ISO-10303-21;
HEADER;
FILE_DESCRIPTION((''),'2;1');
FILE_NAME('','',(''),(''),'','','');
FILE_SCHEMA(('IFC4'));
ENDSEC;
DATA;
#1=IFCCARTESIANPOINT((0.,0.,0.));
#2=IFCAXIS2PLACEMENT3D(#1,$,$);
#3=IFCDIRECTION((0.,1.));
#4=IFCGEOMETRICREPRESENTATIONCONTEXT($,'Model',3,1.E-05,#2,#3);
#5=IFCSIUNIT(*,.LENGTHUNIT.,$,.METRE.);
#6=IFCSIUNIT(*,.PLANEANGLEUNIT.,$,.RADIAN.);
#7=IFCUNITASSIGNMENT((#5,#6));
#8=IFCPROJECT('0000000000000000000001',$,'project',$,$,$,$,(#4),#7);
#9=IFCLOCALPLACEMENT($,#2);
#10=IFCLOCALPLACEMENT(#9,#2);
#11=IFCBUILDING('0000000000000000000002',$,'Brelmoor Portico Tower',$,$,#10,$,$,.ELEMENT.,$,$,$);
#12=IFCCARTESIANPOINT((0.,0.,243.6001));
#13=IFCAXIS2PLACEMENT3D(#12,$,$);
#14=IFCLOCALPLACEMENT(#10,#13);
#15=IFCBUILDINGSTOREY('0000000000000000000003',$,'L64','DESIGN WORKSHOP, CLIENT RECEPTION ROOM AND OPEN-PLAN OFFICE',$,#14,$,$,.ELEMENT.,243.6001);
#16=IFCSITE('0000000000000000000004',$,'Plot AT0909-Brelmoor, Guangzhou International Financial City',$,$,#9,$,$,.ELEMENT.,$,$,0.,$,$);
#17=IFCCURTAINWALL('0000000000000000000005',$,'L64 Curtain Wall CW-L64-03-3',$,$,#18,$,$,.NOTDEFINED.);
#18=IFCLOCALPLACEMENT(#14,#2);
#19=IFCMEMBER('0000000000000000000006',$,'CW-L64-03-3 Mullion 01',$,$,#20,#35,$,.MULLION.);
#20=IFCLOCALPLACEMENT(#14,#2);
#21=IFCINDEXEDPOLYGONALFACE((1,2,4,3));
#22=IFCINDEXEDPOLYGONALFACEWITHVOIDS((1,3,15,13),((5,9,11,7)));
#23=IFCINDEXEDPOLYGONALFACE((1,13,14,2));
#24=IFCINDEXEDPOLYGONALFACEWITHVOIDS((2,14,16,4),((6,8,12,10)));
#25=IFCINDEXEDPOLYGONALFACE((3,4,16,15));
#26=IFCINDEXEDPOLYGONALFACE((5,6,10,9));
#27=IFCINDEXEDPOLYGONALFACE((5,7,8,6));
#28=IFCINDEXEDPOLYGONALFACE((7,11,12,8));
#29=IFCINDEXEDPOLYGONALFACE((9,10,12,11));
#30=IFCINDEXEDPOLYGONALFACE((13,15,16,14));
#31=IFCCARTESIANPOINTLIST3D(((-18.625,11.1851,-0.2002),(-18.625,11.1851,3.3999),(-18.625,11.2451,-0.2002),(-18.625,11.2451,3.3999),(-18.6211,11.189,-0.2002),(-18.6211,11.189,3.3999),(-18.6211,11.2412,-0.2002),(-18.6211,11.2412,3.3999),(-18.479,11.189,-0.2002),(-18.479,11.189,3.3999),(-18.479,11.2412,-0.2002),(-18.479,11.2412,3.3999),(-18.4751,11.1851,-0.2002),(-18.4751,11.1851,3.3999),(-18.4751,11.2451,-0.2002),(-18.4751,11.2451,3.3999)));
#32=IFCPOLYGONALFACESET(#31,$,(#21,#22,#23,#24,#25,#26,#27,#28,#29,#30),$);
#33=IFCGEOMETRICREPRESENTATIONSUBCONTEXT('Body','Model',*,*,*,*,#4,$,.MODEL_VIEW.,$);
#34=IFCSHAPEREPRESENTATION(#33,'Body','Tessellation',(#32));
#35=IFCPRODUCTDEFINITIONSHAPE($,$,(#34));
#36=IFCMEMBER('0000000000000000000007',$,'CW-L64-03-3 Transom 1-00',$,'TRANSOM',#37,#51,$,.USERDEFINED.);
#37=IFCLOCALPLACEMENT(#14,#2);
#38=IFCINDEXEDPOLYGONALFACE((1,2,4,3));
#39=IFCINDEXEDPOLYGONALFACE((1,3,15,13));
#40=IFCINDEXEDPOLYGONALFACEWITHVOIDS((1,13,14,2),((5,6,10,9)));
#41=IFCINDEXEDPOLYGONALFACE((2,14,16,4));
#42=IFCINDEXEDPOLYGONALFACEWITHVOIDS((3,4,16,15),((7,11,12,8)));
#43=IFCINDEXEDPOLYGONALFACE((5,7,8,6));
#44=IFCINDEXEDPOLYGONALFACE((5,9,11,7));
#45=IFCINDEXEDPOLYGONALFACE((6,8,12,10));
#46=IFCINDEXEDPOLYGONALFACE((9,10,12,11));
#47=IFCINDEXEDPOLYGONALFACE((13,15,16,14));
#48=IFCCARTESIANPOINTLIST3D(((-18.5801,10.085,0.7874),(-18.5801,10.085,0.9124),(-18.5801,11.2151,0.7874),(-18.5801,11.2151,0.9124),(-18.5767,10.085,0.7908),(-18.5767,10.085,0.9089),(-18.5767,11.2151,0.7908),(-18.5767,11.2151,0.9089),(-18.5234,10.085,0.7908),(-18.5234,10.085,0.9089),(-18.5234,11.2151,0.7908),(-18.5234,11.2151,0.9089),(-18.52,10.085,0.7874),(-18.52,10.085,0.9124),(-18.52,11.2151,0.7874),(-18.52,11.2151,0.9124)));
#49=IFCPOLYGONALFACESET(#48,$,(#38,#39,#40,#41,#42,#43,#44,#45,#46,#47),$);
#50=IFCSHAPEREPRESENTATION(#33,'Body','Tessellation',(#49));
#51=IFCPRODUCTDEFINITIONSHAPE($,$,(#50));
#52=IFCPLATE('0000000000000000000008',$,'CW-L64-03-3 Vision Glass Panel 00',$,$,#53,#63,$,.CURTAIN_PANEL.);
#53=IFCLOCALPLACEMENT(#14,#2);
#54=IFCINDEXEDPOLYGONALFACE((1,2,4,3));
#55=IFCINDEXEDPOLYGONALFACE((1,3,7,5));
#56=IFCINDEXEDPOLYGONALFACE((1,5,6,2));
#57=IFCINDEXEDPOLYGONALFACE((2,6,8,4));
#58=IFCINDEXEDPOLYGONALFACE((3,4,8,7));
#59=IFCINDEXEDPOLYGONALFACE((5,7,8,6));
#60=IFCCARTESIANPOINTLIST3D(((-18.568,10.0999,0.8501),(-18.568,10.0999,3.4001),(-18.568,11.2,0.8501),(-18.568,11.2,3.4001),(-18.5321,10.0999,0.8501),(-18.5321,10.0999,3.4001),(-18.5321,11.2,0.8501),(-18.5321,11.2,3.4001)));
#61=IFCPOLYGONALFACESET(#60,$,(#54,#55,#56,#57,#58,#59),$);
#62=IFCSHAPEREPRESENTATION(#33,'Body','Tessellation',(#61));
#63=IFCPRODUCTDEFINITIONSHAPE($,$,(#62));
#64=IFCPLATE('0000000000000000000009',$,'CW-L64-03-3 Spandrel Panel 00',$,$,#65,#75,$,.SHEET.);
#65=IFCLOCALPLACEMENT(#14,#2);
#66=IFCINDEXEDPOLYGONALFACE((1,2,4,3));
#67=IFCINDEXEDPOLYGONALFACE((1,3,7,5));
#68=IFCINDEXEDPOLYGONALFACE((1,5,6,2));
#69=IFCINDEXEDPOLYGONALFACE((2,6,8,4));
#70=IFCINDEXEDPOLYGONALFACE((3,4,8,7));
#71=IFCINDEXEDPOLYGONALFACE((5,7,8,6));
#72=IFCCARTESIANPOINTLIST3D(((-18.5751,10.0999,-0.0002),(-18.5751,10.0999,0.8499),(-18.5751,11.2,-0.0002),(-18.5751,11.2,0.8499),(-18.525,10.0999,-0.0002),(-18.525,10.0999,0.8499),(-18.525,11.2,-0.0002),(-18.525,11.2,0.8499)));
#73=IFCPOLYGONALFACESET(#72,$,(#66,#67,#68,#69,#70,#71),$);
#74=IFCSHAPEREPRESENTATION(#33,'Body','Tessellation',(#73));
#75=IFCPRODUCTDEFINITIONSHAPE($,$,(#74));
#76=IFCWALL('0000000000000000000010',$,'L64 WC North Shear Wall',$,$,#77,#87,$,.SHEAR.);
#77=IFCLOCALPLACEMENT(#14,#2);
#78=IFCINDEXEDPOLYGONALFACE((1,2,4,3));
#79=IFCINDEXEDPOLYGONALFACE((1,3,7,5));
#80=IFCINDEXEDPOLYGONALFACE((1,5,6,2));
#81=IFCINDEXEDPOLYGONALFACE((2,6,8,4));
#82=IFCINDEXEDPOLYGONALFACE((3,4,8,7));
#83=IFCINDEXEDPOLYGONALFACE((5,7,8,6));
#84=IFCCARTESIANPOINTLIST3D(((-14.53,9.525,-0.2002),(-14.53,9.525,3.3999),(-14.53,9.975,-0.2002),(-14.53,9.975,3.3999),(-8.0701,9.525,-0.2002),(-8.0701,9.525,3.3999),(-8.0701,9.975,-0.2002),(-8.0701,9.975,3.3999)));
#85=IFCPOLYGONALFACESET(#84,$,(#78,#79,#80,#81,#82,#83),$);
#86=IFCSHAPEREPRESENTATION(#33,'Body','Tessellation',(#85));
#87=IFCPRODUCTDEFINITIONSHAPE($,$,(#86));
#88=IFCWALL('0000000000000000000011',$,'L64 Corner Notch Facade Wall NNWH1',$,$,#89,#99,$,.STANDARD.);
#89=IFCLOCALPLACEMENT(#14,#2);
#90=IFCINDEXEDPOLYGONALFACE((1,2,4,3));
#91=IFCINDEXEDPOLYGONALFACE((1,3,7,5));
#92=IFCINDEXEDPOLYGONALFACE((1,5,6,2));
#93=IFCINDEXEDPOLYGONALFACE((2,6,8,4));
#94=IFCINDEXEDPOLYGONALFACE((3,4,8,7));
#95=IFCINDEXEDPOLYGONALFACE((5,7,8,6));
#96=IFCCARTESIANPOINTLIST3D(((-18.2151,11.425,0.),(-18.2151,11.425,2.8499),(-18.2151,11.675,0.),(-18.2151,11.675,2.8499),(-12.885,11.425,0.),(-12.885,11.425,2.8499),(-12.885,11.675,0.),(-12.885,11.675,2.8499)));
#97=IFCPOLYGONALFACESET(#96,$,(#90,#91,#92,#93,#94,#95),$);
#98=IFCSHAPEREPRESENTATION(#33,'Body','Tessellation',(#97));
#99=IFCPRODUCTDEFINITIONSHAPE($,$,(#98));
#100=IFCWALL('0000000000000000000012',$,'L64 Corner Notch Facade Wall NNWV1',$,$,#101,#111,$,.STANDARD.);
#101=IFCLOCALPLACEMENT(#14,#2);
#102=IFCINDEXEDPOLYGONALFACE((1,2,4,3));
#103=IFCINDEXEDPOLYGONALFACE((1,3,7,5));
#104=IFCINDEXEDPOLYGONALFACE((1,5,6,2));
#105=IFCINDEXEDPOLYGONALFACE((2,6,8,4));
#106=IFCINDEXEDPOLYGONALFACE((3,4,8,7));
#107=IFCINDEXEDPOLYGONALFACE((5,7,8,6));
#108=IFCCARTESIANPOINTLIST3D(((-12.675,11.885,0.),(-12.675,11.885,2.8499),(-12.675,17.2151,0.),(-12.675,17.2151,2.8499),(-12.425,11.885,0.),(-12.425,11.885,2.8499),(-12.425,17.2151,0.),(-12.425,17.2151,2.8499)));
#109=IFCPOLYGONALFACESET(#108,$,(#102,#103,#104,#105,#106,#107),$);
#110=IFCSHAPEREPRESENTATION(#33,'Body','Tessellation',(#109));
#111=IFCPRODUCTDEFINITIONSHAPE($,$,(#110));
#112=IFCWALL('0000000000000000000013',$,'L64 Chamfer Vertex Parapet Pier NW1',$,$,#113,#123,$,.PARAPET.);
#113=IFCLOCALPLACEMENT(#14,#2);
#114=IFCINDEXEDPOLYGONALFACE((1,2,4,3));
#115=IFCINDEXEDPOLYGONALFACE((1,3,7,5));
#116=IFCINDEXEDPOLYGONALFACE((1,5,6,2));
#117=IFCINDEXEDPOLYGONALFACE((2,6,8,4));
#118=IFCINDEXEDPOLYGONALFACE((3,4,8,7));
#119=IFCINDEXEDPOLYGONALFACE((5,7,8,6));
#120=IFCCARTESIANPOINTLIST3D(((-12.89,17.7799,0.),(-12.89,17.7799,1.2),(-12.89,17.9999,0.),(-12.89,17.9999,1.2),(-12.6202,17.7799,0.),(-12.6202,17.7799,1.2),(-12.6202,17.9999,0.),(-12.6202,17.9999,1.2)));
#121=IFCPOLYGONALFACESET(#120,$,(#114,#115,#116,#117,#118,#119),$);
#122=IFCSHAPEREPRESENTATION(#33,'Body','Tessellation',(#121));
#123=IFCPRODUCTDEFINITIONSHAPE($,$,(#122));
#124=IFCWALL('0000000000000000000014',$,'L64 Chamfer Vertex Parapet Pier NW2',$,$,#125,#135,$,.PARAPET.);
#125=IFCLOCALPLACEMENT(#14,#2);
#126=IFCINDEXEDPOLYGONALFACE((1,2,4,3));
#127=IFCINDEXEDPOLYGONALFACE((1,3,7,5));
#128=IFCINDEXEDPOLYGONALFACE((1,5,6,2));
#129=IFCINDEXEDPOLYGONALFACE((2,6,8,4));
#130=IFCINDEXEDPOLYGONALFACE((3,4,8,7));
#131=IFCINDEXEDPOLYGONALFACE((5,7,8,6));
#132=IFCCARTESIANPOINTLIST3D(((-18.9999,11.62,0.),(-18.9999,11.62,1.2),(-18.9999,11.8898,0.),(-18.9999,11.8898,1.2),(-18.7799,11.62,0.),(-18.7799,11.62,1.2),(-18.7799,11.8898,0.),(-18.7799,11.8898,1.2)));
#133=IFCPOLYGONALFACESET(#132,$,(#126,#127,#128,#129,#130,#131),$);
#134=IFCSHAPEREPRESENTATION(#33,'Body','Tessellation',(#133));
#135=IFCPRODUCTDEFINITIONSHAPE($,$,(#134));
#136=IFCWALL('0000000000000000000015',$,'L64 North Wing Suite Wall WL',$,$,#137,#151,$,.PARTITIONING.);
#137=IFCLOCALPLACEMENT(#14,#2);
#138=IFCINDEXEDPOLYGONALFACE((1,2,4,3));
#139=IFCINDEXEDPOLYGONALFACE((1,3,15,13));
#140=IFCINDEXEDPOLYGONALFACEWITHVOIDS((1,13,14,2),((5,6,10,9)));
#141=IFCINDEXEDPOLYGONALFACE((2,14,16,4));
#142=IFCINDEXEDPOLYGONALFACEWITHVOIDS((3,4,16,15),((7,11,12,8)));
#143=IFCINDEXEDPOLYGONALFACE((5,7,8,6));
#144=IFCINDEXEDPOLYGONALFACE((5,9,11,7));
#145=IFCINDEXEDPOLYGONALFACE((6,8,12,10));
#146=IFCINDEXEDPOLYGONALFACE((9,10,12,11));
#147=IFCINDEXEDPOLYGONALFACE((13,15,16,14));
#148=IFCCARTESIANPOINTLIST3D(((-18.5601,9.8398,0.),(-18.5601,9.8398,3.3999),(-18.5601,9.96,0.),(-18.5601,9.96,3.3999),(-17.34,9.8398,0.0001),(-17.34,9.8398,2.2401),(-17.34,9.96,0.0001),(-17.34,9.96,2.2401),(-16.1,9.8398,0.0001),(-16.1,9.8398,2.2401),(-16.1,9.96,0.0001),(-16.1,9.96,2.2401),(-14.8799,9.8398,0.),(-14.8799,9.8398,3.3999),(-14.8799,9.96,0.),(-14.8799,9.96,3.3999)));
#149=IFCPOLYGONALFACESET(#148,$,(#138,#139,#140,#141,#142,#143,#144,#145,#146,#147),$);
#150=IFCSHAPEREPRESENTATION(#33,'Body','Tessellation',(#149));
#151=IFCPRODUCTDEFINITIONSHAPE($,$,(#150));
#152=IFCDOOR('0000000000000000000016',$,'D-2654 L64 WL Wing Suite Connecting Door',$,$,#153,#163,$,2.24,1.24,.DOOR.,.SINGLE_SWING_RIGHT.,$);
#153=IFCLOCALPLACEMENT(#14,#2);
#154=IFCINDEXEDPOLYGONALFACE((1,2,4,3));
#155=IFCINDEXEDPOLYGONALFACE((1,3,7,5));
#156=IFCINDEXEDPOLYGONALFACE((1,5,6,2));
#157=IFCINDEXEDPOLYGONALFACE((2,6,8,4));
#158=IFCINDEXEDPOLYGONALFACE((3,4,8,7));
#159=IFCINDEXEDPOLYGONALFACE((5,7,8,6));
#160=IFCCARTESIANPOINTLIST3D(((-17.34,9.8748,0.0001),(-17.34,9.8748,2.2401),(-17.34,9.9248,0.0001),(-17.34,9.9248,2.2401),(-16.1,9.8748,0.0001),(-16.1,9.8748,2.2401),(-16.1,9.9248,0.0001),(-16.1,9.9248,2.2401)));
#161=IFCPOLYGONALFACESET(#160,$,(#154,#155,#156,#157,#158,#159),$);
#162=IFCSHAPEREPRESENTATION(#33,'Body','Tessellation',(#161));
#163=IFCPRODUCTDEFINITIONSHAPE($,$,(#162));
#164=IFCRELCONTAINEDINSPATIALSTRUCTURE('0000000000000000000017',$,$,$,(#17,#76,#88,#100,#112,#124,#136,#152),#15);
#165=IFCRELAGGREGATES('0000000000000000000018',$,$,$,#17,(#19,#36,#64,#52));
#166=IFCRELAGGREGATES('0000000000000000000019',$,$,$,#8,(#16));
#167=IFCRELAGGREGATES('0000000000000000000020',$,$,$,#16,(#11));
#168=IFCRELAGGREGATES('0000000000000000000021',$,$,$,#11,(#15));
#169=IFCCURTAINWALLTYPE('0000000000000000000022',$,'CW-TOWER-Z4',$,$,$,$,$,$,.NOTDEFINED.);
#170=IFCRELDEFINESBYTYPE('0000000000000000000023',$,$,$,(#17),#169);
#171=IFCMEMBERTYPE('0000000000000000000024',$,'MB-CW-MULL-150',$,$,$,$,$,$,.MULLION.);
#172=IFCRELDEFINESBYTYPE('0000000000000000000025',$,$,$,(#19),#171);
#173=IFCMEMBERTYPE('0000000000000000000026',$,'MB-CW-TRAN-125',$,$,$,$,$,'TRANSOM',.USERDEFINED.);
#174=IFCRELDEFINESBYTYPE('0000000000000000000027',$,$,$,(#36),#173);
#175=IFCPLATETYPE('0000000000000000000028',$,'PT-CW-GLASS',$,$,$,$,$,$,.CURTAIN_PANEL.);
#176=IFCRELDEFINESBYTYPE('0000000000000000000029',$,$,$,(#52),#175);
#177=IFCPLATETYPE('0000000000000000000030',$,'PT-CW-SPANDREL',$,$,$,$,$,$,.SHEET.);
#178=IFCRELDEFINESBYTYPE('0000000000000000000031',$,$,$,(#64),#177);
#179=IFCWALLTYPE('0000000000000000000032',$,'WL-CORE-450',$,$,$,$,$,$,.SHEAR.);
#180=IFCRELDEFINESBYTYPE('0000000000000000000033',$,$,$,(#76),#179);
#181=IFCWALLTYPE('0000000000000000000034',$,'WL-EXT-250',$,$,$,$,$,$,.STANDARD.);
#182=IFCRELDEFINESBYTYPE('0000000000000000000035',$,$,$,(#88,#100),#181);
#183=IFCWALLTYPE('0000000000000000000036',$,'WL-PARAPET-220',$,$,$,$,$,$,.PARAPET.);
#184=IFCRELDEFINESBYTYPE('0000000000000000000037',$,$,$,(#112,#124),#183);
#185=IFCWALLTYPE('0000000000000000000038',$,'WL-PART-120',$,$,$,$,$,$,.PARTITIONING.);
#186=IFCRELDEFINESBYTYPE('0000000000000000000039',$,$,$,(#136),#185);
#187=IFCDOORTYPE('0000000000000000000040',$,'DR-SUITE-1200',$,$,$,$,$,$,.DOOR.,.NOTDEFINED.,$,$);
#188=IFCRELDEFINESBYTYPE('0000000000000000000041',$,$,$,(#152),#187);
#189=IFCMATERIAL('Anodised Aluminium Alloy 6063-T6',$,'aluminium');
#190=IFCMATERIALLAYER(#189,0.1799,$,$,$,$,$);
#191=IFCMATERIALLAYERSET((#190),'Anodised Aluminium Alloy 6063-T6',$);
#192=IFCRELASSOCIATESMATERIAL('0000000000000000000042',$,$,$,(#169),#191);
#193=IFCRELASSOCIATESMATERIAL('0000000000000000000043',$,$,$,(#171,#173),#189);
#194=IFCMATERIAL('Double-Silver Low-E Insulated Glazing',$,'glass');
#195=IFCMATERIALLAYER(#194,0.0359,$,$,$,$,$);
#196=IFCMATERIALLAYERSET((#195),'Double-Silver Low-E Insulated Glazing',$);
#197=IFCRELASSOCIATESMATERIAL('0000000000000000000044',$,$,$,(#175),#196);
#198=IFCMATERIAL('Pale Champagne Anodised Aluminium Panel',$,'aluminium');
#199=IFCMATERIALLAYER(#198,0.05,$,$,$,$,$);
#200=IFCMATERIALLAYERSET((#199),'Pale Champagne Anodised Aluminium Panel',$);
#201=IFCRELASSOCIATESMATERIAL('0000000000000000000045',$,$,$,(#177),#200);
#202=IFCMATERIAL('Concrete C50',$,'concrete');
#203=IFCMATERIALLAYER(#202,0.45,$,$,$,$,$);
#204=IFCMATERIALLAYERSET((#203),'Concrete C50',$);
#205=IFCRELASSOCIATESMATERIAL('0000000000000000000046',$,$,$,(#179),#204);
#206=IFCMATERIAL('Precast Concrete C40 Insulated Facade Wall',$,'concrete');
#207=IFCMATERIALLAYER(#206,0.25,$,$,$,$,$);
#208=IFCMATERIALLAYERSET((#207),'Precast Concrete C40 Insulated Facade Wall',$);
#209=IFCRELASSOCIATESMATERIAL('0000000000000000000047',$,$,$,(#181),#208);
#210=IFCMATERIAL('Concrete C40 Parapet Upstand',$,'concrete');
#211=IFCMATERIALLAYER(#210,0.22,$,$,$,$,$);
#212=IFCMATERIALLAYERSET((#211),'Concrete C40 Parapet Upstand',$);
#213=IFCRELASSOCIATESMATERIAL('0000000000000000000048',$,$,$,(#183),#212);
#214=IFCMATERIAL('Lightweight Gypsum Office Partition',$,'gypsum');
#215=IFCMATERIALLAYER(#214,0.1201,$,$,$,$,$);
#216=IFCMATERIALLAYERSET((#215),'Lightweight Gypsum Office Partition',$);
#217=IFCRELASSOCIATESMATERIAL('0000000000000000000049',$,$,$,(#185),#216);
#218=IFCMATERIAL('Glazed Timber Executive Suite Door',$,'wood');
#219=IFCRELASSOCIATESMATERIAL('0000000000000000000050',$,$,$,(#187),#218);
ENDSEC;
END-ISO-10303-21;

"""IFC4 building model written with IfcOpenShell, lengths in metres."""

from ifc_helpers import new_model, si_unit, direction, frame, frame_2d, origin, origin_2d, place, context, subcontext, project, spatial, rectangle, hollow_rectangle, extrude, material, layer, layer_set, material_profile, profile_set, type_object, element, fill, aggregate, save


model = new_model("IFC4")

# Units and contexts
model_context = context("Model", 3, precision=1e-05, world=origin(), true_north=direction((0.0, 1.0)))
body_context = subcontext(model_context, "Body", "Model", "MODEL_VIEW")
ifc_project = project(units=[si_unit("LENGTHUNIT", "METRE"), si_unit("PLANEANGLEUNIT", "RADIAN")], contexts=[model_context])

# Site, building, storey
site_placement = place(None, origin())
site = spatial("IfcSite", under=ifc_project, at=site_placement, Name="Plot AT0909-Brelmoor, Guangzhou International Financial City", CompositionType="ELEMENT", RefElevation=0.0)
building_placement = place(site_placement, origin())
building = spatial("IfcBuilding", under=site, at=building_placement, Name="Brelmoor Portico Tower", CompositionType="ELEMENT")
storey_placement = place(building_placement, frame((0.0, 0.0, 243.6001)))
storey = spatial("IfcBuildingStorey", under=building, at=storey_placement, Name="L64", Description="DESIGN WORKSHOP, CLIENT RECEPTION ROOM AND OPEN-PLAN OFFICE", CompositionType="ELEMENT", Elevation=243.6001)

# Curtain wall, members, plates
ifc_material_1 = material(Name="Anodised Aluminium Alloy 6063-T6", Category="aluminium")
ifc_layer_1 = layer(ifc_material_1, 0.1799)
ifc_layer_set_1 = layer_set([ifc_layer_1], Name="Anodised Aluminium Alloy 6063-T6")
curtain_wall_type = type_object("IfcCurtainWallType", Name="CW-TOWER-Z4", PredefinedType="NOTDEFINED", material=ifc_layer_set_1)
curtain_wall_placement = place(storey_placement, origin())
curtain_wall = element("IfcCurtainWall", 1, at=curtain_wall_placement, inside=storey, type_object=curtain_wall_type, Name="L64 Curtain Wall CW-L64-03-3", PredefinedType="NOTDEFINED")
ifc_material_profile_1 = material_profile(ifc_material_1, hollow_rectangle(XDim=0.0601, YDim=0.1499, WallThickness=0.0039, at=origin_2d()), Name="ALU MULLION 60x150")
ifc_profile_set_1 = profile_set([ifc_material_profile_1], Name="Anodised Aluminium Alloy 6063-T6")
member_type_1 = type_object("IfcMemberType", Name="MB-CW-MULL-150", PredefinedType="MULLION", material=ifc_profile_set_1)
member_1_placement = place(storey_placement, frame((-18.55, 11.2151, -0.2002), z_axis=(0.0, 0.0, 1.0), x_axis=(0.0, 1.0, 0.0)))
member_1 = element("IfcMember", 2, at=member_1_placement, type_object=member_type_1, Name="CW-L64-03-3 Mullion 01", PredefinedType="MULLION", context=body_context, shape_type="SweptSolid", body=[
    extrude(hollow_rectangle(XDim=0.0601, YDim=0.1499, WallThickness=0.0039, at=origin_2d()), origin(), (0.0, 0.0, 1.0), 3.6001),
])
ifc_material_profile_2 = material_profile(ifc_material_1, hollow_rectangle(XDim=0.0601, YDim=0.125, WallThickness=0.0034, at=origin_2d()), Name="ALU TRANSOM 60x125")
ifc_profile_set_2 = profile_set([ifc_material_profile_2], Name="Anodised Aluminium Alloy 6063-T6")
member_type_2 = type_object("IfcMemberType", Name="MB-CW-TRAN-125", ElementType="TRANSOM", PredefinedType="USERDEFINED", material=ifc_profile_set_2)
member_2_placement = place(storey_placement, frame((-18.55, 10.085, 0.8499), z_axis=(0.0, 1.0, 0.0), x_axis=(-1.0, 0.0, 0.0)))
member_2 = element("IfcMember", 3, at=member_2_placement, type_object=member_type_2, Name="CW-L64-03-3 Transom 1-00", ObjectType="TRANSOM", PredefinedType="USERDEFINED", context=body_context, shape_type="SweptSolid", body=[
    extrude(hollow_rectangle(XDim=0.0601, YDim=0.125, WallThickness=0.0034, at=origin_2d()), origin(), (0.0, 0.0, 1.0), 1.1301),
])
ifc_material_2 = material(Name="Double-Silver Low-E Insulated Glazing", Category="glass")
ifc_layer_2 = layer(ifc_material_2, 0.0359)
ifc_layer_set_2 = layer_set([ifc_layer_2], Name="Double-Silver Low-E Insulated Glazing")
plate_type_1 = type_object("IfcPlateType", Name="PT-CW-GLASS", PredefinedType="CURTAIN_PANEL", material=ifc_layer_set_2)
plate_1_placement = place(storey_placement, frame((-18.55, 10.6499, 0.8501), z_axis=(0.0, 0.0, 1.0), x_axis=(0.0, 1.0, 0.0)))
plate_1 = element("IfcPlate", 4, at=plate_1_placement, type_object=plate_type_1, Name="CW-L64-03-3 Vision Glass Panel 00", PredefinedType="CURTAIN_PANEL", context=body_context, shape_type="SweptSolid", body=[
    extrude(rectangle(XDim=1.1001, YDim=0.0359, at=origin_2d()), origin(), (0.0, 0.0, 1.0), 2.55),
])
ifc_material_3 = material(Name="Pale Champagne Anodised Aluminium Panel", Category="aluminium")
ifc_layer_3 = layer(ifc_material_3, 0.05)
ifc_layer_set_3 = layer_set([ifc_layer_3], Name="Pale Champagne Anodised Aluminium Panel")
plate_type_2 = type_object("IfcPlateType", Name="PT-CW-SPANDREL", PredefinedType="SHEET", material=ifc_layer_set_3)
plate_2_placement = place(storey_placement, frame((-18.55, 10.6499, -0.0002), z_axis=(0.0, 0.0, 1.0), x_axis=(0.0, 1.0, 0.0)))
plate_2 = element("IfcPlate", 5, at=plate_2_placement, type_object=plate_type_2, Name="CW-L64-03-3 Spandrel Panel 00", PredefinedType="SHEET", context=body_context, shape_type="SweptSolid", body=[
    extrude(rectangle(XDim=1.1001, YDim=0.05, at=origin_2d()), origin(), (0.0, 0.0, 1.0), 0.8501),
])
aggregate(curtain_wall, [member_1, member_2, plate_2, plate_1])

# Walls
ifc_material_4 = material(Name="Concrete C50", Category="concrete")
ifc_layer_4 = layer(ifc_material_4, 0.45)
ifc_layer_set_4 = layer_set([ifc_layer_4], Name="Concrete C50")
wall_type_1 = type_object("IfcWallType", Name="WL-CORE-450", PredefinedType="SHEAR", material=ifc_layer_set_4)
wall_1_placement = place(storey_placement, frame((-14.53, 9.75, -0.2002), z_axis=(0.0, 0.0, 1.0), x_axis=(1.0, 0.0, 0.0)))
element("IfcWall", 6, at=wall_1_placement, inside=storey, type_object=wall_type_1, Name="L64 WC North Shear Wall", PredefinedType="SHEAR", context=body_context, shape_type="SweptSolid", body=[
    extrude(rectangle(XDim=6.46, YDim=0.45, at=frame_2d((3.23, 0.0))), origin(), (0.0, 0.0, 1.0), 3.6001),
])
ifc_material_5 = material(Name="Precast Concrete C40 Insulated Facade Wall", Category="concrete")
ifc_layer_5 = layer(ifc_material_5, 0.25)
ifc_layer_set_5 = layer_set([ifc_layer_5], Name="Precast Concrete C40 Insulated Facade Wall")
wall_type_2 = type_object("IfcWallType", Name="WL-EXT-250", PredefinedType="STANDARD", material=ifc_layer_set_5)
for number, where, z_axis, x_axis, name in (
    (7, (-18.2151, 11.55, 0.0), (0.0, 0.0, 1.0), (1.0, 0.0, 0.0), "L64 Corner Notch Facade Wall NNWH1"),
    (8, (-12.55, 11.885, 0.0), (0.0, 0.0, 1.0), (0.0, 1.0, 0.0), "L64 Corner Notch Facade Wall NNWV1"),
):
    element("IfcWall", number, at=place(storey_placement, frame(where, z_axis=z_axis, x_axis=x_axis)), inside=storey, type_object=wall_type_2, Name=name, PredefinedType="STANDARD", context=body_context, shape_type="SweptSolid", body=[
        extrude(rectangle(XDim=5.3301, YDim=0.25, at=frame_2d((2.665, 0.0))), origin(), (0.0, 0.0, 1.0), 2.8499),
    ])
ifc_material_6 = material(Name="Concrete C40 Parapet Upstand", Category="concrete")
ifc_layer_6 = layer(ifc_material_6, 0.22)
ifc_layer_set_6 = layer_set([ifc_layer_6], Name="Concrete C40 Parapet Upstand")
wall_type_3 = type_object("IfcWallType", Name="WL-PARAPET-220", PredefinedType="PARAPET", material=ifc_layer_set_6)
for number, where, z_axis, x_axis, name in (
    (9, (-12.8899, 17.8899, 0.0), (0.0, 0.0, 1.0), (1.0, 0.0, 0.0), "L64 Chamfer Vertex Parapet Pier NW1"),
    (10, (-18.8899, 11.6201, 0.0), (0.0, 0.0, 1.0), (0.0, 1.0, 0.0), "L64 Chamfer Vertex Parapet Pier NW2"),
):
    element("IfcWall", number, at=place(storey_placement, frame(where, z_axis=z_axis, x_axis=x_axis)), inside=storey, type_object=wall_type_3, Name=name, PredefinedType="PARAPET", context=body_context, shape_type="SweptSolid", body=[
        extrude(rectangle(XDim=0.2698, YDim=0.22, at=frame_2d((0.1348, 0.0))), origin(), (0.0, 0.0, 1.0), 1.2),
    ])

# Wall, opening, door
ifc_material_7 = material(Name="Lightweight Gypsum Office Partition", Category="gypsum")
ifc_layer_7 = layer(ifc_material_7, 0.1201)
ifc_layer_set_7 = layer_set([ifc_layer_7], Name="Lightweight Gypsum Office Partition")
wall_type_4 = type_object("IfcWallType", Name="WL-PART-120", PredefinedType="PARTITIONING", material=ifc_layer_set_7)
wall_2_placement = place(storey_placement, frame((-18.5601, 9.8999, 0.0), z_axis=(0.0, 0.0, 1.0), x_axis=(1.0, 0.0, 0.0)))
wall_2 = element("IfcWall", 11, at=wall_2_placement, inside=storey, type_object=wall_type_4, Name="L64 North Wing Suite Wall WL", PredefinedType="PARTITIONING", context=body_context, shape_type="SweptSolid", body=[
    extrude(rectangle(XDim=3.6802, YDim=0.1201, at=frame_2d((1.8401, 0.0))), origin(), (0.0, 0.0, 1.0), 3.3999),
])
opening_placement = place(wall_2_placement, frame((1.22, 0.0, 0.0)))
opening = element("IfcOpeningElement", 12, at=opening_placement, cuts=wall_2, PredefinedType="OPENING", context=body_context, shape_type="SweptSolid", body=[
    extrude(rectangle(XDim=1.24, YDim=2.24, at=frame_2d((0.6201, 1.1201))), frame((0.0, 0.0701, 0.0), z_axis=(0.0, -1.0, 0.0), x_axis=(1.0, 0.0, 0.0)), (0.0, 0.0, 1.0), 0.1401),
])
ifc_material_8 = material(Name="Glazed Timber Executive Suite Door", Category="wood")
door_type = type_object("IfcDoorType", Name="DR-SUITE-1200", OperationType="NOTDEFINED", PredefinedType="DOOR", material=ifc_material_8)
door_placement = place(opening_placement, origin())
door = element("IfcDoor", 13, at=door_placement, inside=storey, type_object=door_type, Name="D-2654 L64 WL Wing Suite Connecting Door", OperationType="SINGLE_SWING_RIGHT", OverallHeight=2.24, OverallWidth=1.24, PredefinedType="DOOR", context=body_context, shape_type="SweptSolid", body=[
    extrude(rectangle(XDim=1.24, YDim=2.24, at=frame_2d((0.6201, 1.1201))), frame((0.0, 0.0249, 0.0), z_axis=(0.0, -1.0, 0.0), x_axis=(1.0, 0.0, 0.0)), (0.0, 0.0, 1.0), 0.05),
])
fill(opening, door)

save(model, "model.ifc")
